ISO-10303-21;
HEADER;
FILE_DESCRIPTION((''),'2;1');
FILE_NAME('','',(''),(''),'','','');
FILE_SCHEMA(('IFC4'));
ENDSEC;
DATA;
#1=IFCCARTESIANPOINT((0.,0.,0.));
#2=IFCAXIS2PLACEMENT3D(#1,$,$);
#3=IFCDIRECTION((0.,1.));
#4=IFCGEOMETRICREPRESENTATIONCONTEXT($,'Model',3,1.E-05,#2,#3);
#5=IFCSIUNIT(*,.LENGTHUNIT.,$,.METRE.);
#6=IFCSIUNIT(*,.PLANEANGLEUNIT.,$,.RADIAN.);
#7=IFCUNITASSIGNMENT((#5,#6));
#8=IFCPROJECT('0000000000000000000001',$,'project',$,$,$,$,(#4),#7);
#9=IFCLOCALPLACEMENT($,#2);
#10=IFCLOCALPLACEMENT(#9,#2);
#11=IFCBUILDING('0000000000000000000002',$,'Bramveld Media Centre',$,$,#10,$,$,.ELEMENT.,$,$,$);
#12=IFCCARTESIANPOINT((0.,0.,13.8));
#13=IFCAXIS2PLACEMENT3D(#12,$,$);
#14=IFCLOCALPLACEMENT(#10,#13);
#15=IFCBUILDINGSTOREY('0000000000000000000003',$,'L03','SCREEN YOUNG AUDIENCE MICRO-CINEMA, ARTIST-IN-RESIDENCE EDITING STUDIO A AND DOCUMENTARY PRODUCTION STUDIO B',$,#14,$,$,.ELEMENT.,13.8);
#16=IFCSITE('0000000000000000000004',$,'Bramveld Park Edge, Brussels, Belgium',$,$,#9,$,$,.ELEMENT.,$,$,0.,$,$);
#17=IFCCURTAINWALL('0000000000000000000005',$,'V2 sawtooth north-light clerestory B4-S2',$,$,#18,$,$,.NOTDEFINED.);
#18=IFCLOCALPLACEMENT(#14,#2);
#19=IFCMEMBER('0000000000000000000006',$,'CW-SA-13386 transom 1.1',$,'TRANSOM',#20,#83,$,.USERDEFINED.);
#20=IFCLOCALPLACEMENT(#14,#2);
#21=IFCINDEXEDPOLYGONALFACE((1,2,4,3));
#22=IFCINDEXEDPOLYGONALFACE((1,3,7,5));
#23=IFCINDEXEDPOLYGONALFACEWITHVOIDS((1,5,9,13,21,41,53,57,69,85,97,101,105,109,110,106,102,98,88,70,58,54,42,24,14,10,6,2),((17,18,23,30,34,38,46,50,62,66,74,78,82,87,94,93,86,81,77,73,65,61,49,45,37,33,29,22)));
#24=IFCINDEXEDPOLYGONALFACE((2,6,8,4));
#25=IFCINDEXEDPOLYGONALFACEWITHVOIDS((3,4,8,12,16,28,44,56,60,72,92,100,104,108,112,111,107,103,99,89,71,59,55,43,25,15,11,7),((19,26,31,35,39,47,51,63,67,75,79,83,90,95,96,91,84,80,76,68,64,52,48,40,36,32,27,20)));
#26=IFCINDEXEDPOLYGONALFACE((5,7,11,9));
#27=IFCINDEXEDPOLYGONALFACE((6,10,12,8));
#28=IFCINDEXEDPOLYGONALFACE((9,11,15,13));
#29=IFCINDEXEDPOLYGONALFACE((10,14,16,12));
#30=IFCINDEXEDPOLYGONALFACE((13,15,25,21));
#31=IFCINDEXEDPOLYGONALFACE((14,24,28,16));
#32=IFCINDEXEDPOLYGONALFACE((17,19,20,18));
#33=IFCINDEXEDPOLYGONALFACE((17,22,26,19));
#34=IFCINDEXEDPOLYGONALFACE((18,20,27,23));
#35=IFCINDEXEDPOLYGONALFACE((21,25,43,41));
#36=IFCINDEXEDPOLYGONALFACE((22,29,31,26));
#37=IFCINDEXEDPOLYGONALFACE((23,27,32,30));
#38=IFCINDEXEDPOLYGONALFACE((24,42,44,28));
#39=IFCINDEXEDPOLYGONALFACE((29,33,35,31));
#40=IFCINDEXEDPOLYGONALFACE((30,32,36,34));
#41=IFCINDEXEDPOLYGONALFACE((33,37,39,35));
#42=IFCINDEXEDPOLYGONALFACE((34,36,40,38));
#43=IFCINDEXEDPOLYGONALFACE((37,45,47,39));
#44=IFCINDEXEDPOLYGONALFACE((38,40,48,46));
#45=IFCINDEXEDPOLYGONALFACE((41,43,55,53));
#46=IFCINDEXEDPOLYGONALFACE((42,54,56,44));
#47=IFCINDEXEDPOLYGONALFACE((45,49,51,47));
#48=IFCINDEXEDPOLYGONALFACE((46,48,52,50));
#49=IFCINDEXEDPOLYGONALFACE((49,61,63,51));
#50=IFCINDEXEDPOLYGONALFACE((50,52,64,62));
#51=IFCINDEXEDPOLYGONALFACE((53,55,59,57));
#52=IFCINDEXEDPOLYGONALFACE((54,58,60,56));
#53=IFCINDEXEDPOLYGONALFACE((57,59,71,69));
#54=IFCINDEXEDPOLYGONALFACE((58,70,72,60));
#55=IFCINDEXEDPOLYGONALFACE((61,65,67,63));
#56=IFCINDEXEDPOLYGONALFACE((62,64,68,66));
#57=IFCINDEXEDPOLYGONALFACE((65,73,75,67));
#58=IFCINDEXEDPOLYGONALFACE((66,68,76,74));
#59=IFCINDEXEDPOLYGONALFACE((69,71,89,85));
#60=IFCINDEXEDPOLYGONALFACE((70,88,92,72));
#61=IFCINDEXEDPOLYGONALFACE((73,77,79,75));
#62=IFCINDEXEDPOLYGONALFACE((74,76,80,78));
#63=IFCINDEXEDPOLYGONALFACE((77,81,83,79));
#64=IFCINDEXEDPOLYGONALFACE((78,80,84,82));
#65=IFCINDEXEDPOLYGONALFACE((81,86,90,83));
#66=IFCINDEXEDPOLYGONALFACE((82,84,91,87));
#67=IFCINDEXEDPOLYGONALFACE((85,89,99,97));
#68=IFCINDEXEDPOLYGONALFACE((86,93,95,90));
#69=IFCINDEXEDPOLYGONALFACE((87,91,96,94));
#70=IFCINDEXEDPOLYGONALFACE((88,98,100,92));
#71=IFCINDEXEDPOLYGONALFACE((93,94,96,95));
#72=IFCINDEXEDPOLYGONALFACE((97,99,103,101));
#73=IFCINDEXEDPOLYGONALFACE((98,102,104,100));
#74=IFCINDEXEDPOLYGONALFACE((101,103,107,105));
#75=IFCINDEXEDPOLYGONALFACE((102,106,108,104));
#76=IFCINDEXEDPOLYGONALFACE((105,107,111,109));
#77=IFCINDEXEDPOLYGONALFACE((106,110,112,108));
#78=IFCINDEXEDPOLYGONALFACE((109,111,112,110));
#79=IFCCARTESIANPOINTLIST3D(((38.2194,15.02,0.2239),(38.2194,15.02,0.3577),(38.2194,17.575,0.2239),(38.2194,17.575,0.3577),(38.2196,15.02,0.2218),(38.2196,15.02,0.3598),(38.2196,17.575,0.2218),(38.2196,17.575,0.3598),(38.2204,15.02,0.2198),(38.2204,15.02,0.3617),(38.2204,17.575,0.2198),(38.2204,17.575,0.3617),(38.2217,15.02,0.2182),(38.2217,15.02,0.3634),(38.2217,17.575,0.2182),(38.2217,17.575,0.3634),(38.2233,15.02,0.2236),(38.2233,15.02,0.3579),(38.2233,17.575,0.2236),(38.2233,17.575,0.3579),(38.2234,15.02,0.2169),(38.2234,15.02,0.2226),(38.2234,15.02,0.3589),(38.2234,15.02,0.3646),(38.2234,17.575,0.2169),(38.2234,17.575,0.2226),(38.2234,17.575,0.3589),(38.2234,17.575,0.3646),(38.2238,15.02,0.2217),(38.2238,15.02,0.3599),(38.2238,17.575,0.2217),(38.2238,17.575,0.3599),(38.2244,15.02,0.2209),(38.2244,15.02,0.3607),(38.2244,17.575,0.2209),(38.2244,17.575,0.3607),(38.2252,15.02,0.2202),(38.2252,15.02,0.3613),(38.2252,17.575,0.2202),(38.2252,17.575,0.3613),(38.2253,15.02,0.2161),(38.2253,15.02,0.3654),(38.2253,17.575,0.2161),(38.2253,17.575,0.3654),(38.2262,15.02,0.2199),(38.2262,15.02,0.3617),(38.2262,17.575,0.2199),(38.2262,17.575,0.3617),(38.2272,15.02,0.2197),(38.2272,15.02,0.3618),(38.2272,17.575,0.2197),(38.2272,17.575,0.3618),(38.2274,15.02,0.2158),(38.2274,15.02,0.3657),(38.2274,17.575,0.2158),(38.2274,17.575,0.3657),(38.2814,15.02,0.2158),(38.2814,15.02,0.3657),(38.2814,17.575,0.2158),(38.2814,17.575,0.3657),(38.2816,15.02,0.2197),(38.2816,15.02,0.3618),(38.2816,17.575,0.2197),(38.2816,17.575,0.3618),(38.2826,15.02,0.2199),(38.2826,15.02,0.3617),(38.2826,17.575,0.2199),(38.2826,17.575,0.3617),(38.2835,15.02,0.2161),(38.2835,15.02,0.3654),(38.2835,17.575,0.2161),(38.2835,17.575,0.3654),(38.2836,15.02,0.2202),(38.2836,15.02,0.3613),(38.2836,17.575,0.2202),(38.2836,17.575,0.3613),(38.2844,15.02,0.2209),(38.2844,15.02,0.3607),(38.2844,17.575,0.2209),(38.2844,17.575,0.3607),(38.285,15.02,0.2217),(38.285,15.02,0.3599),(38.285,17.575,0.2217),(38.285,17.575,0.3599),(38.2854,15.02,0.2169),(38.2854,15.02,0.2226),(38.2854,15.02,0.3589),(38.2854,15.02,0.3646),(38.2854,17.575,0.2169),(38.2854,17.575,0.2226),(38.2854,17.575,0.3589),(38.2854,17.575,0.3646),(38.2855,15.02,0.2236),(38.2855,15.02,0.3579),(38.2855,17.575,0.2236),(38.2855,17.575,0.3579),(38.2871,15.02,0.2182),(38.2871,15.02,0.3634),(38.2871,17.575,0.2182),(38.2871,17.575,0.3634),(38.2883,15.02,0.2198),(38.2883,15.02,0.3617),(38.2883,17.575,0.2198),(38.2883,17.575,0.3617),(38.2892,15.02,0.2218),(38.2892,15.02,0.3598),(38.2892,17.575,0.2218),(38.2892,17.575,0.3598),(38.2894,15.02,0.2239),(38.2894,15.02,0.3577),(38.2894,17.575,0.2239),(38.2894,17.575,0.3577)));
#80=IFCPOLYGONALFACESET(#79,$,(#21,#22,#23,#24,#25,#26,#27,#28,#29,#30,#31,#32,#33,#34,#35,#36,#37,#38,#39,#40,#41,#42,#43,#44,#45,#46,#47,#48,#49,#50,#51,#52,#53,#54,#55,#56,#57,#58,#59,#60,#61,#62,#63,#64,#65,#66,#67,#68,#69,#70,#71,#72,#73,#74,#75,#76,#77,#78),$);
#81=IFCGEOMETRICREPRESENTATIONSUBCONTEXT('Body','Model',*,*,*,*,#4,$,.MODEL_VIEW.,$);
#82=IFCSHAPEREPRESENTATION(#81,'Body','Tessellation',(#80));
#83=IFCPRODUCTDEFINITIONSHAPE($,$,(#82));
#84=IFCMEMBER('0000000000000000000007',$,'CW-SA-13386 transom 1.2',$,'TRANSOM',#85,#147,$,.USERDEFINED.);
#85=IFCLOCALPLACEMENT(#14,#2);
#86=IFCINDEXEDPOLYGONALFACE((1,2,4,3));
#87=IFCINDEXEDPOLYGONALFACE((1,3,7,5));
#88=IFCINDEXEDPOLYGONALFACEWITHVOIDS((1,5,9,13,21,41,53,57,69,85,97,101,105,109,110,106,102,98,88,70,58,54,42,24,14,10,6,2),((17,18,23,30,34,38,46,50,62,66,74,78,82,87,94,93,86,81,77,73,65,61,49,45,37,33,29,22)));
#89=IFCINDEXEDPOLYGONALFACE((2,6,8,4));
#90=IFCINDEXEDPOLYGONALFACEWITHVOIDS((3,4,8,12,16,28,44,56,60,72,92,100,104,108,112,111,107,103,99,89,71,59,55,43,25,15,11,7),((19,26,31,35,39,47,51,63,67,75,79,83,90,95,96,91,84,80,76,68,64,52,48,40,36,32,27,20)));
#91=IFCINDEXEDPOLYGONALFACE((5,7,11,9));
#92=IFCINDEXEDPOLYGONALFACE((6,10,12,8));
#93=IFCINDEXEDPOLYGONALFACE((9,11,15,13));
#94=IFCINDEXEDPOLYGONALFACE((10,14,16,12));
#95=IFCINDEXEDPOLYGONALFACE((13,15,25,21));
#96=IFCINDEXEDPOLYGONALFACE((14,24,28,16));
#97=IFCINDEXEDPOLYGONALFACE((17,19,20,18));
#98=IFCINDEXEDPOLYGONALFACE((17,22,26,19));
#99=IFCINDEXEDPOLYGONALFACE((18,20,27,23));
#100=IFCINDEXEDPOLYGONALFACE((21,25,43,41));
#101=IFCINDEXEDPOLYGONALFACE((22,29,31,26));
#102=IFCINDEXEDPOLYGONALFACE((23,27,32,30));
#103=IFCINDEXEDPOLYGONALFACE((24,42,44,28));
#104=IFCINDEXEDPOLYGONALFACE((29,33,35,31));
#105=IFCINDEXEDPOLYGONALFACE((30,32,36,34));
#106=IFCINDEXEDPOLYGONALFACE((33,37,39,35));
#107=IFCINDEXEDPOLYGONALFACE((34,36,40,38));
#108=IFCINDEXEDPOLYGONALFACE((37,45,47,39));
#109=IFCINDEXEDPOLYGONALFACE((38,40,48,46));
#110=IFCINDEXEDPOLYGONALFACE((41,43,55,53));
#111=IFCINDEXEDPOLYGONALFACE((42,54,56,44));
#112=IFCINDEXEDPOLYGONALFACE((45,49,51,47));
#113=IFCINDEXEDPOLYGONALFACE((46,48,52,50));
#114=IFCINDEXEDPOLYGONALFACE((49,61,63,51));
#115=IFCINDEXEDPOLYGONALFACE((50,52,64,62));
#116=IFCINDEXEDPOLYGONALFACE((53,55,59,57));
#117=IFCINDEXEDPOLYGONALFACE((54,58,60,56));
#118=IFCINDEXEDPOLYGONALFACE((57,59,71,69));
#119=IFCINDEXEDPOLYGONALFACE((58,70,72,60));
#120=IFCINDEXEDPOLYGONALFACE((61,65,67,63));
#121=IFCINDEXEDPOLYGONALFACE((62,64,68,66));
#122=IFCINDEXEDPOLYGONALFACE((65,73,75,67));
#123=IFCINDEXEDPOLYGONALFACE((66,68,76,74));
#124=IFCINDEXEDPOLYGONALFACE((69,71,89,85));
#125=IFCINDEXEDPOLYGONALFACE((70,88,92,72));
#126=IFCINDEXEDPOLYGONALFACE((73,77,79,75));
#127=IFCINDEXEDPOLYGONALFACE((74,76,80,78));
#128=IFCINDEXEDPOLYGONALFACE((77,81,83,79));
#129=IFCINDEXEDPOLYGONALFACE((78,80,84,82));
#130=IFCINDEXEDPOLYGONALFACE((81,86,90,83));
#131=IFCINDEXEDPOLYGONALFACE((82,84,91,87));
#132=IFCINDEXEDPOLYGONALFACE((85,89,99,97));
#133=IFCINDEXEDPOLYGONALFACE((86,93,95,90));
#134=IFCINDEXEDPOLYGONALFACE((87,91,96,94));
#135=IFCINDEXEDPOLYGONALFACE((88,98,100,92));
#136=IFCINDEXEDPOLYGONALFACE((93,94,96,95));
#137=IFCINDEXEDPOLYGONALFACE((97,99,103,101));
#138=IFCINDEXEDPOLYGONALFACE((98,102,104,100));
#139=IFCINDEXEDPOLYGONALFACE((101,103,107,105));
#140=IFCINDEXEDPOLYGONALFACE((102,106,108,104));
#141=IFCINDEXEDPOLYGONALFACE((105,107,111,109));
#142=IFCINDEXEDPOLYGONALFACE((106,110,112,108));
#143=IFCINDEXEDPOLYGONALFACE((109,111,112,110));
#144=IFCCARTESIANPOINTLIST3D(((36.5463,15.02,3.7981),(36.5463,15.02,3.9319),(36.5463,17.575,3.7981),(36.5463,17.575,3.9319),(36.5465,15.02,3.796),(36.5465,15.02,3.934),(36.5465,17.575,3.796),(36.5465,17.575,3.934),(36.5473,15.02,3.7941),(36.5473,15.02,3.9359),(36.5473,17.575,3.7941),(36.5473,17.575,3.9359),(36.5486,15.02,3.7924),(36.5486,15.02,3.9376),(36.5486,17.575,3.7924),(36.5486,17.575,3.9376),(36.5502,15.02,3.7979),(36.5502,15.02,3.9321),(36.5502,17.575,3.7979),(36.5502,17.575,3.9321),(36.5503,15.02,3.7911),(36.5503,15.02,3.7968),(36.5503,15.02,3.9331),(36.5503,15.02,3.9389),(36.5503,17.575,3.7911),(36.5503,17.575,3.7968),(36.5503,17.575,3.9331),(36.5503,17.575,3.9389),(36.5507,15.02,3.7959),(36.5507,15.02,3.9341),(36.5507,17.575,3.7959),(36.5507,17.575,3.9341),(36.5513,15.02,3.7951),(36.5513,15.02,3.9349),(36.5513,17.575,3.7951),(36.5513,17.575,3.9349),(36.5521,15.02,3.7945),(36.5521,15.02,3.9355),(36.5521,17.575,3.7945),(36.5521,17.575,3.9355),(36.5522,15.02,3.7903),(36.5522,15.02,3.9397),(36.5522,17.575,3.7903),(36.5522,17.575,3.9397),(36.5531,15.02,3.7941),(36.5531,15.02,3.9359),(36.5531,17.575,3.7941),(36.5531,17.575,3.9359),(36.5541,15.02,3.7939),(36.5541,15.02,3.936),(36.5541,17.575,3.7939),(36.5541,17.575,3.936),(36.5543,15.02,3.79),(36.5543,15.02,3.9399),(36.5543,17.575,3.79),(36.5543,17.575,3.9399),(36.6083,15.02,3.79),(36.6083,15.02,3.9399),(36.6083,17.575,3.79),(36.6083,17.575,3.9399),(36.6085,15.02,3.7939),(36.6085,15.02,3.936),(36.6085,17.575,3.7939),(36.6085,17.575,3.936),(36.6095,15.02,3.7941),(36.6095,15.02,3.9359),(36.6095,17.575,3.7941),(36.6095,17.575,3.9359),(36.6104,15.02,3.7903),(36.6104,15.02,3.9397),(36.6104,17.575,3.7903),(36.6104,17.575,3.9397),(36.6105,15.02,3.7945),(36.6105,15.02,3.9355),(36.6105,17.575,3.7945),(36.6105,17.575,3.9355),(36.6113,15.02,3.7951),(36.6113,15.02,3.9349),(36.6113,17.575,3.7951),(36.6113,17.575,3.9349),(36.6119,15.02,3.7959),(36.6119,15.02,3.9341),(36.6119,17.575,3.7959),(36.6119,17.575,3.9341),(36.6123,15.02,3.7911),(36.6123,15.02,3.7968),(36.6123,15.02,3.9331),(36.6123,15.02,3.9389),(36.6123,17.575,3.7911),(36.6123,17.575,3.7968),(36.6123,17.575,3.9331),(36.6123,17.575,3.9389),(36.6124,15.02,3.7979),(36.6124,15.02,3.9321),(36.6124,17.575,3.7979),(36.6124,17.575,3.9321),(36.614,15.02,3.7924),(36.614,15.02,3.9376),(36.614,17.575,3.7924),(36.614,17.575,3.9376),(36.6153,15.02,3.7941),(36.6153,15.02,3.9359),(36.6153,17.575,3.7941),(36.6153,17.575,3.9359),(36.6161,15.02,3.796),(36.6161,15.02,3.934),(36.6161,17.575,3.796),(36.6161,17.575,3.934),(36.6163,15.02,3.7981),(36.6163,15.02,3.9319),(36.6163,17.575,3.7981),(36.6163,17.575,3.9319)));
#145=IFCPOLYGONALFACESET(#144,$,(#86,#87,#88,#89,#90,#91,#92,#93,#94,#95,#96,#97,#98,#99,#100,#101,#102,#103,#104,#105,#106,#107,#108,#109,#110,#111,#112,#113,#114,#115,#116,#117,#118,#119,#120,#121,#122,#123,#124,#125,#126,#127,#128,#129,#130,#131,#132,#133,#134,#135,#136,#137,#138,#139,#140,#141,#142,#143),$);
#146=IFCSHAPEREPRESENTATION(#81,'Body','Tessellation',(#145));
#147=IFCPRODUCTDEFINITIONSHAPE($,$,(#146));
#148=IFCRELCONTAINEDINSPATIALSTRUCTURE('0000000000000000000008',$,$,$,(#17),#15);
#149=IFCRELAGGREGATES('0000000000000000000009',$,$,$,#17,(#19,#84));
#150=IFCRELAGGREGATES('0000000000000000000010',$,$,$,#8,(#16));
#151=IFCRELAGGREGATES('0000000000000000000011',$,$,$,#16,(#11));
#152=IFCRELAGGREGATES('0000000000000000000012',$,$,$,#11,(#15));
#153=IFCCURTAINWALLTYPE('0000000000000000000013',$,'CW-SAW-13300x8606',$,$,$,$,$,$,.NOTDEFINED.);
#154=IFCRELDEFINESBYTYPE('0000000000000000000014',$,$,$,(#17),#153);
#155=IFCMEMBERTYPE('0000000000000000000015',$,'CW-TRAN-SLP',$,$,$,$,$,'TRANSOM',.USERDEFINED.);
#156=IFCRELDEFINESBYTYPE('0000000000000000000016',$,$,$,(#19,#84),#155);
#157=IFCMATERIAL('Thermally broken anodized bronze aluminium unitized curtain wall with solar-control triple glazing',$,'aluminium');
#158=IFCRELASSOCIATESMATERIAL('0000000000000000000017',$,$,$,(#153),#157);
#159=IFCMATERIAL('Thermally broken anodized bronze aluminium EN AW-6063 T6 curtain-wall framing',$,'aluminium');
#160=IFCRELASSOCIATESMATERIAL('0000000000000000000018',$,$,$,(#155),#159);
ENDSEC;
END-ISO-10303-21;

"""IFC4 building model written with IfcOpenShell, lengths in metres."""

from ifc_helpers import new_model, si_unit, direction, frame, origin, origin_2d, place, context, subcontext, project, spatial, hollow_rectangle, extrude, material, material_profile, profile_set, type_object, element, aggregate, save


model = new_model("IFC4")

# Units and contexts
model_context = context("Model", 3, precision=1e-05, world=origin(), true_north=direction((0.0, 1.0)))
body_context = subcontext(model_context, "Body", "Model", "MODEL_VIEW")
ifc_project = project(units=[si_unit("LENGTHUNIT", "METRE"), si_unit("PLANEANGLEUNIT", "RADIAN")], contexts=[model_context])

# Site, building, storey
site_placement = place(None, origin())
site = spatial("IfcSite", under=ifc_project, at=site_placement, Name="Bramveld Park Edge, Brussels, Belgium", CompositionType="ELEMENT", RefElevation=0.0)
building_placement = place(site_placement, origin())
building = spatial("IfcBuilding", under=site, at=building_placement, Name="Bramveld Media Centre", CompositionType="ELEMENT")
storey_placement = place(building_placement, frame((0.0, 0.0, 13.8)))
storey = spatial("IfcBuildingStorey", under=building, at=storey_placement, Name="L03", Description="SCREEN YOUNG AUDIENCE MICRO-CINEMA, ARTIST-IN-RESIDENCE EDITING STUDIO A AND DOCUMENTARY PRODUCTION STUDIO B", CompositionType="ELEMENT", Elevation=13.8)

# Curtain wall
ifc_material_1 = material(Name="Thermally broken anodized bronze aluminium unitized curtain wall with solar-control triple glazing", Category="aluminium")
curtain_wall_type = type_object("IfcCurtainWallType", Name="CW-SAW-13300x8606", PredefinedType="NOTDEFINED", material=ifc_material_1)
curtain_wall_1_placement = place(storey_placement, origin())
curtain_wall_1 = element("IfcCurtainWall", 1, at=curtain_wall_1_placement, inside=storey, type_object=curtain_wall_type, Name="V2 sawtooth north-light clerestory B4-S2", PredefinedType="NOTDEFINED")

# Members
ifc_material_2 = material(Name="Thermally broken anodized bronze aluminium EN AW-6063 T6 curtain-wall framing", Category="aluminium")
ifc_material_profile_1 = material_profile(ifc_material_2, hollow_rectangle(XDim=0.0701, YDim=0.1499, WallThickness=0.0039, InnerFilletRadius=0.0039, OuterFilletRadius=0.0081, at=origin_2d()), Name="AL-TRAN 70x150")
ifc_profile_set_1 = profile_set([ifc_material_profile_1], Name="Thermally broken anodized bronze aluminium EN AW-6063 T6 curtain-wall framing")
member_type_1 = type_object("IfcMemberType", Name="CW-TRAN-SLP", ElementType="TRANSOM", PredefinedType="USERDEFINED", material=ifc_profile_set_1)
member_1_placement = place(storey_placement, frame((38.2544, 15.02, 0.2908), z_axis=(0.0, 1.0, 0.0), x_axis=(-1.0, 0.0, 0.0)))
member_1 = element("IfcMember", 2, at=member_1_placement, type_object=member_type_1, Name="CW-SA-13386 transom 1.1", ObjectType="TRANSOM", PredefinedType="USERDEFINED", context=body_context, shape_type="SweptSolid", body=[
    extrude(hollow_rectangle(XDim=0.0701, YDim=0.1499, WallThickness=0.0039, InnerFilletRadius=0.0039, OuterFilletRadius=0.0081, at=origin_2d()), origin(), (0.0, 0.0, 1.0), 2.5549),
])
member_2_placement = place(storey_placement, frame((36.5813, 15.02, 3.865), z_axis=(0.0, 1.0, 0.0), x_axis=(-1.0, 0.0, 0.0)))
member_2 = element("IfcMember", 3, at=member_2_placement, type_object=member_type_1, Name="CW-SA-13386 transom 1.2", ObjectType="TRANSOM", PredefinedType="USERDEFINED", context=body_context, shape_type="SweptSolid", body=[
    extrude(hollow_rectangle(XDim=0.0701, YDim=0.1499, WallThickness=0.0039, InnerFilletRadius=0.0039, OuterFilletRadius=0.0081, at=origin_2d()), origin(), (0.0, 0.0, 1.0), 2.5549),
])

aggregate(curtain_wall_1, [member_1, member_2])

save(model, "model.ifc")
